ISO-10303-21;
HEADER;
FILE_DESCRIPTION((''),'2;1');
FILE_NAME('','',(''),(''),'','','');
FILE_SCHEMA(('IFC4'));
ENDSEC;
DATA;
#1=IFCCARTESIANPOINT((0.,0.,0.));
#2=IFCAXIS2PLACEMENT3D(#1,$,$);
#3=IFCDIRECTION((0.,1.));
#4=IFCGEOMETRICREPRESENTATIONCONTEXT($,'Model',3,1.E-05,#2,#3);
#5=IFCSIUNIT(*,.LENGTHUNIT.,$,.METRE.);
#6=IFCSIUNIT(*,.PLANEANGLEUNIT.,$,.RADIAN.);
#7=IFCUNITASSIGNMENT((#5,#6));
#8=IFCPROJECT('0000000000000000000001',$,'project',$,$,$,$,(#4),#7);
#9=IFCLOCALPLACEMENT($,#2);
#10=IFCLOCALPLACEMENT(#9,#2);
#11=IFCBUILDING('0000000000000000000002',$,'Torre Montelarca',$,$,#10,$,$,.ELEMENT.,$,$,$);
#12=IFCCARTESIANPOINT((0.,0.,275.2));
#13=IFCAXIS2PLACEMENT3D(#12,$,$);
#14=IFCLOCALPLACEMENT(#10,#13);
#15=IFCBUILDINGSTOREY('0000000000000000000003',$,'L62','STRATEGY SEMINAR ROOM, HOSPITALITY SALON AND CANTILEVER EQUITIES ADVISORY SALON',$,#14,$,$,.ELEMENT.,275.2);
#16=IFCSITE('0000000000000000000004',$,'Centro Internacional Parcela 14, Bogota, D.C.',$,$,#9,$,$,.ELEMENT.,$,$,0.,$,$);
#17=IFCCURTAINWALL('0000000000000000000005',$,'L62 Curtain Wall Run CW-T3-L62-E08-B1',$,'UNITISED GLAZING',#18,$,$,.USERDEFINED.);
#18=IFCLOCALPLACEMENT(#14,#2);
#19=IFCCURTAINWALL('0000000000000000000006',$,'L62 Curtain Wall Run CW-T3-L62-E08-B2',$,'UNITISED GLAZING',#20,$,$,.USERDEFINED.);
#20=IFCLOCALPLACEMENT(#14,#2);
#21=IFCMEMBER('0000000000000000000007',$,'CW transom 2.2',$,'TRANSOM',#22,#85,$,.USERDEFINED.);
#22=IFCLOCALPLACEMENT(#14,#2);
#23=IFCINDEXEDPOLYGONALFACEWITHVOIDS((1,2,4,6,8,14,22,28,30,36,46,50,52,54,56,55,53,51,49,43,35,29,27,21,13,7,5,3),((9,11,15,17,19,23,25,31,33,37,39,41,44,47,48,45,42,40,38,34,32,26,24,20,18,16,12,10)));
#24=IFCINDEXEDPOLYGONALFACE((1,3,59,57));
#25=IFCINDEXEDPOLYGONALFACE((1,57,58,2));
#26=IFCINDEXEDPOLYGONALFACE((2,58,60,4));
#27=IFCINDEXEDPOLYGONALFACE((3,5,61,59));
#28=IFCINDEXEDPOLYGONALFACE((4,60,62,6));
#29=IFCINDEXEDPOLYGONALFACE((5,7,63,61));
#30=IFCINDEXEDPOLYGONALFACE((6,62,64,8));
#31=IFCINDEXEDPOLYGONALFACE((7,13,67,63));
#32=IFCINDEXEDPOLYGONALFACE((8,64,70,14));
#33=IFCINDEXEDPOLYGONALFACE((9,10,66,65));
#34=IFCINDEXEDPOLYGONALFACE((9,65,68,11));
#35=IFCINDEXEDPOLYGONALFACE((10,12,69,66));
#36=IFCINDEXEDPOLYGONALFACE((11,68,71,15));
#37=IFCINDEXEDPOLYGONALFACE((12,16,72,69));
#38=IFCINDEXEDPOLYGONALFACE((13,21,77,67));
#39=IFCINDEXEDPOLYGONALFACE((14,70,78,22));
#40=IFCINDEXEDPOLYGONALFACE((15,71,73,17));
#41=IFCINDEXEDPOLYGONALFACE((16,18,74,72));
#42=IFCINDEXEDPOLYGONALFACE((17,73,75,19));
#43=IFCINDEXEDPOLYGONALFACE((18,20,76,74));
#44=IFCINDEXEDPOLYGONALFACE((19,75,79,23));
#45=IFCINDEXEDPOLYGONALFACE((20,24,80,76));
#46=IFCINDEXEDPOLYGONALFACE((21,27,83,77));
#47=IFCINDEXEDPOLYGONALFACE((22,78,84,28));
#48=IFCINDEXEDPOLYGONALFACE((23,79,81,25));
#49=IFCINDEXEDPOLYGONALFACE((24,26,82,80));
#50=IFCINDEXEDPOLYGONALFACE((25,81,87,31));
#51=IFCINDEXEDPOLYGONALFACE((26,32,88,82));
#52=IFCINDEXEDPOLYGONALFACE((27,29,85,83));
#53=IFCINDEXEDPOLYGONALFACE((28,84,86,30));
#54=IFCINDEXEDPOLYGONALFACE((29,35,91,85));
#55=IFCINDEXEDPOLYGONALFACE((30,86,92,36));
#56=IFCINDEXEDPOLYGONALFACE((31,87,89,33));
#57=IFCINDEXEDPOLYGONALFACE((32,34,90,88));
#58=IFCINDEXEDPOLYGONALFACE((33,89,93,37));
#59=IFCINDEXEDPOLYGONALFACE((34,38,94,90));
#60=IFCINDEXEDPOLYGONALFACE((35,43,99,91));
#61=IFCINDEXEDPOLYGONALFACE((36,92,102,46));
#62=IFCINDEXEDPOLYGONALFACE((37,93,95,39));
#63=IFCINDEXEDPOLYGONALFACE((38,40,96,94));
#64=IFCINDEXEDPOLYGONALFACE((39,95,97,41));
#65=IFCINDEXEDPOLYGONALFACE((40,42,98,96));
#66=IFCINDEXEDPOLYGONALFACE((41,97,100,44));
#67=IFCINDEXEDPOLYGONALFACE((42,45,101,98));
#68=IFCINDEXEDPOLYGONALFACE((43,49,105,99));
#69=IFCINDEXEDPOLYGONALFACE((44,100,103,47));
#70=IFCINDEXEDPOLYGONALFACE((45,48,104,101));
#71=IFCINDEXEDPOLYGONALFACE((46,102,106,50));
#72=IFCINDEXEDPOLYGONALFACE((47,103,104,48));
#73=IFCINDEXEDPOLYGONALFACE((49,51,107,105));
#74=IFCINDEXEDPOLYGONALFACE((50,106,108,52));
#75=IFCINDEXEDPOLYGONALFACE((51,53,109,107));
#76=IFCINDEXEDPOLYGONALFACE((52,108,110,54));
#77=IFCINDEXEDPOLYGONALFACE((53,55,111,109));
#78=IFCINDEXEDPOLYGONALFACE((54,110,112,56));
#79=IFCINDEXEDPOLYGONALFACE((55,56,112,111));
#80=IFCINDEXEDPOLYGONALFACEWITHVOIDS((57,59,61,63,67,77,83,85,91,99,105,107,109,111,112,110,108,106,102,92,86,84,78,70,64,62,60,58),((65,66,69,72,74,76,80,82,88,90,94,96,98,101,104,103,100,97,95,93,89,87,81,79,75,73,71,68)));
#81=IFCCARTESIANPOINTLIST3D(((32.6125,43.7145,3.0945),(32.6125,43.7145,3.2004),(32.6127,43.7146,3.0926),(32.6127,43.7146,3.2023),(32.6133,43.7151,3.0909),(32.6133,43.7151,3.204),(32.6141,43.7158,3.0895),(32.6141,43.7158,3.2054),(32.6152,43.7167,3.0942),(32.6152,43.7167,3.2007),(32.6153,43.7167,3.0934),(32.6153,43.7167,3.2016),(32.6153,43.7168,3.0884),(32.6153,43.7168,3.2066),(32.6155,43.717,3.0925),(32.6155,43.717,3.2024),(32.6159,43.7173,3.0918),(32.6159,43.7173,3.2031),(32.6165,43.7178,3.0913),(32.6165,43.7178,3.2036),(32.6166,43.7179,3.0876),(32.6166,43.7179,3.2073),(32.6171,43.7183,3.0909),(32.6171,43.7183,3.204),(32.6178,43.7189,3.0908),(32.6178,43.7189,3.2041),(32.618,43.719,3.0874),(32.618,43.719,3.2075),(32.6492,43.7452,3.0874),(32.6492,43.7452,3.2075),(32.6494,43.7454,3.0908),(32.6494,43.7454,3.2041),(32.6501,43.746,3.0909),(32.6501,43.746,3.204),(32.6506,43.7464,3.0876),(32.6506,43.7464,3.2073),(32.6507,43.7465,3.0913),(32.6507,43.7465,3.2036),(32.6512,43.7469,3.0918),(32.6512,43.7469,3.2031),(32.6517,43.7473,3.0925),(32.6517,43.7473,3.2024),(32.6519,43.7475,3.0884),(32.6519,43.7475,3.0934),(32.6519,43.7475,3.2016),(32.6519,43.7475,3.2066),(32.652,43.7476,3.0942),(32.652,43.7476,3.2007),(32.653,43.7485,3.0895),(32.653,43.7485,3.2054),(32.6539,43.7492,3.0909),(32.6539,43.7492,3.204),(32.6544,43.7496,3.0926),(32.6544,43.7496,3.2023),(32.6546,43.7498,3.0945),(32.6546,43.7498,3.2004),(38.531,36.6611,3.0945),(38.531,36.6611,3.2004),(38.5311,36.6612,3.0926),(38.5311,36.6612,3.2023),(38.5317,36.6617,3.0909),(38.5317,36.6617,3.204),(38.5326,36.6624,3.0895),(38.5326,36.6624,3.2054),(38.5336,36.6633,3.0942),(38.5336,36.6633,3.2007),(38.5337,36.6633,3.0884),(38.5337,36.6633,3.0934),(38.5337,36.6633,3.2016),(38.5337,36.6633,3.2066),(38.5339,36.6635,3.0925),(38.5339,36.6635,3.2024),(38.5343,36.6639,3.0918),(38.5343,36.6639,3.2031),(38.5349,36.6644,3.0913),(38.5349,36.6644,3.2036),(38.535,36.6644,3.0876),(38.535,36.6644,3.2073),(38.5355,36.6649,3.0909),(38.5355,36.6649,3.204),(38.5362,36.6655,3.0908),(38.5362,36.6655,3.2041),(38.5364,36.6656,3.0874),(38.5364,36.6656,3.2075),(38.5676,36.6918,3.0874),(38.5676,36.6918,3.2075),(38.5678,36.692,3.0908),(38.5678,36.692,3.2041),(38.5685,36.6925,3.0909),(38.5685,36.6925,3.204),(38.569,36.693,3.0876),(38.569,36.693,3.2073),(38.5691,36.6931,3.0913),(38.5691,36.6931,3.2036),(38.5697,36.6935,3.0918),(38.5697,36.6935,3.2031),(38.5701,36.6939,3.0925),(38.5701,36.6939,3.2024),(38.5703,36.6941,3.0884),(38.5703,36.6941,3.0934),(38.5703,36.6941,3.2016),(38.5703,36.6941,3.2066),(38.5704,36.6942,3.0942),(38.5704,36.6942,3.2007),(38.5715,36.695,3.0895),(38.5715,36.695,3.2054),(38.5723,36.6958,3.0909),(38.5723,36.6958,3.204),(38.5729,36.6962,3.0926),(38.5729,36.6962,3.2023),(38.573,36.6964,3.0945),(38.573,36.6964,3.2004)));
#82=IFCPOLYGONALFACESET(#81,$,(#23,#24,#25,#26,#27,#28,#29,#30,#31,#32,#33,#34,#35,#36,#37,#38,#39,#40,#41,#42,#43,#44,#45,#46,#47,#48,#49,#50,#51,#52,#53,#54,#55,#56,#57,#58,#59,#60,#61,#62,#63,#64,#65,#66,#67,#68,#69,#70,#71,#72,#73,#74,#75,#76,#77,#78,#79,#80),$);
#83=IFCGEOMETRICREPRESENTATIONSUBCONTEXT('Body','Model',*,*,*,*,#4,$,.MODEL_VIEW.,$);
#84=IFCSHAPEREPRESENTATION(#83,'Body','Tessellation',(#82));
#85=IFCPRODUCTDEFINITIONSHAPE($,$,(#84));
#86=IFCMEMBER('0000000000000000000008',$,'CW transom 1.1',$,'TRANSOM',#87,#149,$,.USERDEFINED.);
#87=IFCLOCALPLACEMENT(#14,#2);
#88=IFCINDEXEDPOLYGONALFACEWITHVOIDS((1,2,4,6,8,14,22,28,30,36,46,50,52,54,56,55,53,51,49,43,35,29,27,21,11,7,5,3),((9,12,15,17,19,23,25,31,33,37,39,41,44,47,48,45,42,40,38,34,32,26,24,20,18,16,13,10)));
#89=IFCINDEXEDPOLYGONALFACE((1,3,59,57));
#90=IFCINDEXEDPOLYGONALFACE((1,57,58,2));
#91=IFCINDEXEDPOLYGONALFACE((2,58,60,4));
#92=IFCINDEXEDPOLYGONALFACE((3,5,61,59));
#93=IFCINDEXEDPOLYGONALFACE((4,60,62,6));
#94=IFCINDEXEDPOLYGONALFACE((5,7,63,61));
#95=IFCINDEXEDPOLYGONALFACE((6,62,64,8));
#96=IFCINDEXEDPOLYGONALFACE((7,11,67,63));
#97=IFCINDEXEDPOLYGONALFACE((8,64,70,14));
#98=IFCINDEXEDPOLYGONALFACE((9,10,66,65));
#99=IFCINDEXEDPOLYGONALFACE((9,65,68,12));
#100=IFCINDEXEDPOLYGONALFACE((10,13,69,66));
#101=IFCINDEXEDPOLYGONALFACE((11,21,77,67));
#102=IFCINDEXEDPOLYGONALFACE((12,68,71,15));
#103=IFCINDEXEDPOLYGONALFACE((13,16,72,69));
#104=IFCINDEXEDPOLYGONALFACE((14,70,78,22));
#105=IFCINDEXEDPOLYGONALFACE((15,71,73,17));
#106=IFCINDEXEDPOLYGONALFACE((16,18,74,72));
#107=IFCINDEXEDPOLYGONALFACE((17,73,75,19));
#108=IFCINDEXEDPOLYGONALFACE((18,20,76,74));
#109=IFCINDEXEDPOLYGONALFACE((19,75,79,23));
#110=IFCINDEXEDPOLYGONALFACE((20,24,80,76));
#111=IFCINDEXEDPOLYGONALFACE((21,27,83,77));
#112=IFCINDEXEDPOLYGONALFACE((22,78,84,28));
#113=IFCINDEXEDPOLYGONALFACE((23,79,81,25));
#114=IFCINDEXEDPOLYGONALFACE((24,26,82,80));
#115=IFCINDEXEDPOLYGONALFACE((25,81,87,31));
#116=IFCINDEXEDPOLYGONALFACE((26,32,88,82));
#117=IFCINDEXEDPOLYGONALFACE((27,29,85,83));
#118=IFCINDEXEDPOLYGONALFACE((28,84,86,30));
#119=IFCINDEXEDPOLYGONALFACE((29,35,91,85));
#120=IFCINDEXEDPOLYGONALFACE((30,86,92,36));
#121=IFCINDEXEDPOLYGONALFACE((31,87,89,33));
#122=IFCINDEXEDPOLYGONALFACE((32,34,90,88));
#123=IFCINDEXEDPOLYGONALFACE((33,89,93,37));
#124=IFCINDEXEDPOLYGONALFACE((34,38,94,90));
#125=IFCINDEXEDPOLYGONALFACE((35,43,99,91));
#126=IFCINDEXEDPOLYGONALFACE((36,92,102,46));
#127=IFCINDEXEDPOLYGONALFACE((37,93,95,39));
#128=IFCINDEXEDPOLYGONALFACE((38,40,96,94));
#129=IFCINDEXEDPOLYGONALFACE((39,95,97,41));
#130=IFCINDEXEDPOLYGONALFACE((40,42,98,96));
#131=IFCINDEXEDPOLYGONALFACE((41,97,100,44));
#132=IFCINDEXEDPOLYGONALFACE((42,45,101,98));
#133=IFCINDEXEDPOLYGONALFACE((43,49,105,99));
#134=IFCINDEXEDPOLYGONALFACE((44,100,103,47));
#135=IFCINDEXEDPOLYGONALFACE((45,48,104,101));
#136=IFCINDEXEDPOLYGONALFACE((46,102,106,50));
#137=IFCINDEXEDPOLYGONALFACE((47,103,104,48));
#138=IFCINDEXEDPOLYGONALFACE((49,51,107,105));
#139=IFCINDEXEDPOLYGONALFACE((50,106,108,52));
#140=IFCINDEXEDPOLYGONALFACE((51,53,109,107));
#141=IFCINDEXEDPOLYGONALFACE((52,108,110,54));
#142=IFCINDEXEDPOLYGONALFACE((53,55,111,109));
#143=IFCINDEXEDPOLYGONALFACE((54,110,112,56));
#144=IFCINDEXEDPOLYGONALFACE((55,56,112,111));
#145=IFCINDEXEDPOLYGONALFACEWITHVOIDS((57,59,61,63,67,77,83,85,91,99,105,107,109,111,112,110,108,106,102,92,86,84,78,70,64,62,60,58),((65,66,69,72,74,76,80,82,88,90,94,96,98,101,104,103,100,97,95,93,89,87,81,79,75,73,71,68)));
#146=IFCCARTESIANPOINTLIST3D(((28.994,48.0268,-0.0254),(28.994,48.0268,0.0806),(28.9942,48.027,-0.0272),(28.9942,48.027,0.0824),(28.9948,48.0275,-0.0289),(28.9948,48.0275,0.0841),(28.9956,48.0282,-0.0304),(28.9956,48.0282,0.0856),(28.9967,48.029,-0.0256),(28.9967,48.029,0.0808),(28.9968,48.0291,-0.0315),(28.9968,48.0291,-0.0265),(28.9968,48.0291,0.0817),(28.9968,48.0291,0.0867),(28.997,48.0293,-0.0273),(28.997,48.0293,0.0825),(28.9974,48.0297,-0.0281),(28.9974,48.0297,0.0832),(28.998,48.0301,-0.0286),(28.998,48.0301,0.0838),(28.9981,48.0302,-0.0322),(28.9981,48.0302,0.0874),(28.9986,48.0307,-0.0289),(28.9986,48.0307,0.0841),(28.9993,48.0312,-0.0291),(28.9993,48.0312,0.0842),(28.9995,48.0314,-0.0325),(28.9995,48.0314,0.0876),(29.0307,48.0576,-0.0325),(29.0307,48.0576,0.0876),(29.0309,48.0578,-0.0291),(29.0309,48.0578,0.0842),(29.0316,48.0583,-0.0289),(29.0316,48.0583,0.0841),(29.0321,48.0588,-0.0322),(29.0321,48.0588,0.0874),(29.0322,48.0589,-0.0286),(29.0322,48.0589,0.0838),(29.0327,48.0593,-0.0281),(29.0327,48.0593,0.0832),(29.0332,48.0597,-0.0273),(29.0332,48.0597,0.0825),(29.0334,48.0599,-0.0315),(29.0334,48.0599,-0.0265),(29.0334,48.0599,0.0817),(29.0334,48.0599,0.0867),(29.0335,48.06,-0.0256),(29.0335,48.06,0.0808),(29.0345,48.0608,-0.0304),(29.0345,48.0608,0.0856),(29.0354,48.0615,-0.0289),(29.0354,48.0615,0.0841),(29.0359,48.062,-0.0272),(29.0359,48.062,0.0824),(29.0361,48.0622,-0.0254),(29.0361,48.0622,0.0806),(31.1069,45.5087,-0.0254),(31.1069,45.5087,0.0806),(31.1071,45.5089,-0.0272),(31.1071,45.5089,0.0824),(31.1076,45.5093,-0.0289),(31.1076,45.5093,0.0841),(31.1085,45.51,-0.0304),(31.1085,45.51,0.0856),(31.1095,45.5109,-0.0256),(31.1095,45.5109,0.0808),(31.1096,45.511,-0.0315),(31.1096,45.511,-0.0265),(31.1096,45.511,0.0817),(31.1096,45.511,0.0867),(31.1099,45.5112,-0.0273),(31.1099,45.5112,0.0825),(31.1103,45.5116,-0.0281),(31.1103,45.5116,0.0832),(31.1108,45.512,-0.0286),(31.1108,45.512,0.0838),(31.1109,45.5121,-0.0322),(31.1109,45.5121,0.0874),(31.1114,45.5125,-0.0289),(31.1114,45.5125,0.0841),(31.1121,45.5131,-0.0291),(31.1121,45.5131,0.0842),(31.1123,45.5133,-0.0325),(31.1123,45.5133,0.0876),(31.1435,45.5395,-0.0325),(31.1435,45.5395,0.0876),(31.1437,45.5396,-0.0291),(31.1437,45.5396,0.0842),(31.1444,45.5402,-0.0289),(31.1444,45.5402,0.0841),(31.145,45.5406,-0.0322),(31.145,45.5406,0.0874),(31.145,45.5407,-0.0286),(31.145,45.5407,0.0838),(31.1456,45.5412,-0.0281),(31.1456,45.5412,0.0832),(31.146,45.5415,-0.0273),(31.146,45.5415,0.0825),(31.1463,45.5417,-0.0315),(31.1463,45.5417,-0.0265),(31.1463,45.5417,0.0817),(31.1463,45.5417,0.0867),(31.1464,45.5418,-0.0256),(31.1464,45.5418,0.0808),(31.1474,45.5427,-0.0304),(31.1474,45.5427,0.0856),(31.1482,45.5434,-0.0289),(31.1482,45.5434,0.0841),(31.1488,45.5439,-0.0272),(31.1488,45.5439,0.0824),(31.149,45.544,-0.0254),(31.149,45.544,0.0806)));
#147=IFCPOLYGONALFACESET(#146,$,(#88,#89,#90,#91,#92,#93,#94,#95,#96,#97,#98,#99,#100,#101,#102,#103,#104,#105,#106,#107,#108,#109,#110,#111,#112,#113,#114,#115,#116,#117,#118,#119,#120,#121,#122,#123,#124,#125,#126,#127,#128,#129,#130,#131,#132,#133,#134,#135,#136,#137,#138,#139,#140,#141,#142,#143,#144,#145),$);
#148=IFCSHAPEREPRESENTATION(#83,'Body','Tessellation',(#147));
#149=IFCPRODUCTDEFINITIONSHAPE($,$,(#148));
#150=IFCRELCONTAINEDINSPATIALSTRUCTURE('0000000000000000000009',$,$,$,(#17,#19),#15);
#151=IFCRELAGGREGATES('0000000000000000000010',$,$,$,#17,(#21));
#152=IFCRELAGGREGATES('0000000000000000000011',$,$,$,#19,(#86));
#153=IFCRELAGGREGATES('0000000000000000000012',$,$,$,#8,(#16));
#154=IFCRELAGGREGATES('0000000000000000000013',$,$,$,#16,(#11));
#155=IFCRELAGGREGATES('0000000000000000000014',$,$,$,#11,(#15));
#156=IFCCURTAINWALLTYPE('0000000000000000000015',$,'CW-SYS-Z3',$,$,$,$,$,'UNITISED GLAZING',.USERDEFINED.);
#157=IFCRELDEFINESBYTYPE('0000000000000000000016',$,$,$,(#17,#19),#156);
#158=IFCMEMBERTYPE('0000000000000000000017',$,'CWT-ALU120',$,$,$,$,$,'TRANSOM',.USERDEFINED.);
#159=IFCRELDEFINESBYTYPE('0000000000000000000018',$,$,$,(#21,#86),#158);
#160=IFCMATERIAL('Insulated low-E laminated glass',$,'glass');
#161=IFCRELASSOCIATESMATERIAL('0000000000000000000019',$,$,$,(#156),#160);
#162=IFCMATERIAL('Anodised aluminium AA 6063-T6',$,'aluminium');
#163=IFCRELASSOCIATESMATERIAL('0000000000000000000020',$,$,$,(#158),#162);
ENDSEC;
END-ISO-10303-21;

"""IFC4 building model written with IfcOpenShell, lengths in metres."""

from ifc_helpers import new_model, si_unit, direction, frame, origin, origin_2d, place, context, subcontext, project, spatial, hollow_rectangle, extrude, source, transform, mapped, material, material_profile, profile_set, type_object, element, aggregate, save


model = new_model("IFC4")

# Units and contexts
model_context = context("Model", 3, precision=1e-05, world=origin(), true_north=direction((0.0, 1.0)))
body_context = subcontext(model_context, "Body", "Model", "MODEL_VIEW")
ifc_project = project(units=[si_unit("LENGTHUNIT", "METRE"), si_unit("PLANEANGLEUNIT", "RADIAN")], contexts=[model_context])

# Site, building, storey
site_placement = place(None, origin())
site = spatial("IfcSite", under=ifc_project, at=site_placement, Name="Centro Internacional Parcela 14, Bogota, D.C.", CompositionType="ELEMENT", RefElevation=0.0)
building_placement = place(site_placement, origin())
building = spatial("IfcBuilding", under=site, at=building_placement, Name="Torre Montelarca", CompositionType="ELEMENT")
storey_placement = place(building_placement, frame((0.0, 0.0, 275.2)))
storey = spatial("IfcBuildingStorey", under=building, at=storey_placement, Name="L62", Description="STRATEGY SEMINAR ROOM, HOSPITALITY SALON AND CANTILEVER EQUITIES ADVISORY SALON", CompositionType="ELEMENT", Elevation=275.2)

# Shared definitions
ifc_material_1 = material(Name="Insulated low-E laminated glass", Category="glass")
curtain_wall_type = type_object("IfcCurtainWallType", Name="CW-SYS-Z3", ElementType="UNITISED GLAZING", PredefinedType="USERDEFINED", material=ifc_material_1)
ifc_material_2 = material(Name="Anodised aluminium AA 6063-T6", Category="aluminium")

# Curtain walls
curtain_wall_1_placement = place(storey_placement, origin())
curtain_wall_1 = element("IfcCurtainWall", 1, at=curtain_wall_1_placement, inside=storey, type_object=curtain_wall_type, Name="L62 Curtain Wall Run CW-T3-L62-E08-B1", ObjectType="UNITISED GLAZING", PredefinedType="USERDEFINED")
curtain_wall_2_placement = place(storey_placement, origin())
curtain_wall_2 = element("IfcCurtainWall", 2, at=curtain_wall_2_placement, inside=storey, type_object=curtain_wall_type, Name="L62 Curtain Wall Run CW-T3-L62-E08-B2", ObjectType="UNITISED GLAZING", PredefinedType="USERDEFINED")

# Members
ifc_material_profile_1 = material_profile(ifc_material_2, hollow_rectangle(XDim=0.0549, YDim=0.1201, WallThickness=0.0034, InnerFilletRadius=0.0034, OuterFilletRadius=0.0071, at=origin_2d()), Name="ALU55X120X3.5", Category="aluminium")
ifc_profile_set_1 = profile_set([ifc_material_profile_1], Name="Anodised aluminium AA 6063-T6")
member_type_1 = type_object("IfcMemberType", Name="CWT-ALU120", ElementType="TRANSOM", PredefinedType="USERDEFINED", material=ifc_profile_set_1)
shared_shape_1 = source(origin(), body_context, "Body", "SweptSolid", [
    extrude(hollow_rectangle(XDim=0.0549, YDim=0.1201, WallThickness=0.0034, InnerFilletRadius=0.0034, OuterFilletRadius=0.0071, at=origin_2d()), origin(), (0.0, 0.0, 1.0), 9.2075),
])
member_1_placement = place(storey_placement, frame((38.552, 36.6787, 3.1475), z_axis=(-0.642781, 0.76605, 0.0), x_axis=(-0.76605, -0.642781, 0.0)))
member_1 = element("IfcMember", 3, at=member_1_placement, type_object=member_type_1, Name="CW transom 2.2", ObjectType="TRANSOM", PredefinedType="USERDEFINED", context=body_context, shape_type="MappedRepresentation", body=[
    mapped(shared_shape_1, transform((0.0, 0.0, 0.0), scale=1.0)),
])
shared_shape_2 = source(origin(), body_context, "Body", "SweptSolid", [
    extrude(hollow_rectangle(XDim=0.0549, YDim=0.1201, WallThickness=0.0034, InnerFilletRadius=0.0034, OuterFilletRadius=0.0071, at=origin_2d()), origin(), (0.0, 0.0, 1.0), 3.2871),
])
member_2_placement = place(storey_placement, frame((31.1279, 45.5264, 0.0276), z_axis=(-0.642767, 0.766062, 0.0), x_axis=(-0.766062, -0.642767, 0.0)))
member_2 = element("IfcMember", 4, at=member_2_placement, type_object=member_type_1, Name="CW transom 1.1", ObjectType="TRANSOM", PredefinedType="USERDEFINED", context=body_context, shape_type="MappedRepresentation", body=[
    mapped(shared_shape_2, transform((0.0, 0.0, 0.0), scale=1.0)),
])

aggregate(curtain_wall_1, [member_1])
aggregate(curtain_wall_2, [member_2])

save(model, "model.ifc")
